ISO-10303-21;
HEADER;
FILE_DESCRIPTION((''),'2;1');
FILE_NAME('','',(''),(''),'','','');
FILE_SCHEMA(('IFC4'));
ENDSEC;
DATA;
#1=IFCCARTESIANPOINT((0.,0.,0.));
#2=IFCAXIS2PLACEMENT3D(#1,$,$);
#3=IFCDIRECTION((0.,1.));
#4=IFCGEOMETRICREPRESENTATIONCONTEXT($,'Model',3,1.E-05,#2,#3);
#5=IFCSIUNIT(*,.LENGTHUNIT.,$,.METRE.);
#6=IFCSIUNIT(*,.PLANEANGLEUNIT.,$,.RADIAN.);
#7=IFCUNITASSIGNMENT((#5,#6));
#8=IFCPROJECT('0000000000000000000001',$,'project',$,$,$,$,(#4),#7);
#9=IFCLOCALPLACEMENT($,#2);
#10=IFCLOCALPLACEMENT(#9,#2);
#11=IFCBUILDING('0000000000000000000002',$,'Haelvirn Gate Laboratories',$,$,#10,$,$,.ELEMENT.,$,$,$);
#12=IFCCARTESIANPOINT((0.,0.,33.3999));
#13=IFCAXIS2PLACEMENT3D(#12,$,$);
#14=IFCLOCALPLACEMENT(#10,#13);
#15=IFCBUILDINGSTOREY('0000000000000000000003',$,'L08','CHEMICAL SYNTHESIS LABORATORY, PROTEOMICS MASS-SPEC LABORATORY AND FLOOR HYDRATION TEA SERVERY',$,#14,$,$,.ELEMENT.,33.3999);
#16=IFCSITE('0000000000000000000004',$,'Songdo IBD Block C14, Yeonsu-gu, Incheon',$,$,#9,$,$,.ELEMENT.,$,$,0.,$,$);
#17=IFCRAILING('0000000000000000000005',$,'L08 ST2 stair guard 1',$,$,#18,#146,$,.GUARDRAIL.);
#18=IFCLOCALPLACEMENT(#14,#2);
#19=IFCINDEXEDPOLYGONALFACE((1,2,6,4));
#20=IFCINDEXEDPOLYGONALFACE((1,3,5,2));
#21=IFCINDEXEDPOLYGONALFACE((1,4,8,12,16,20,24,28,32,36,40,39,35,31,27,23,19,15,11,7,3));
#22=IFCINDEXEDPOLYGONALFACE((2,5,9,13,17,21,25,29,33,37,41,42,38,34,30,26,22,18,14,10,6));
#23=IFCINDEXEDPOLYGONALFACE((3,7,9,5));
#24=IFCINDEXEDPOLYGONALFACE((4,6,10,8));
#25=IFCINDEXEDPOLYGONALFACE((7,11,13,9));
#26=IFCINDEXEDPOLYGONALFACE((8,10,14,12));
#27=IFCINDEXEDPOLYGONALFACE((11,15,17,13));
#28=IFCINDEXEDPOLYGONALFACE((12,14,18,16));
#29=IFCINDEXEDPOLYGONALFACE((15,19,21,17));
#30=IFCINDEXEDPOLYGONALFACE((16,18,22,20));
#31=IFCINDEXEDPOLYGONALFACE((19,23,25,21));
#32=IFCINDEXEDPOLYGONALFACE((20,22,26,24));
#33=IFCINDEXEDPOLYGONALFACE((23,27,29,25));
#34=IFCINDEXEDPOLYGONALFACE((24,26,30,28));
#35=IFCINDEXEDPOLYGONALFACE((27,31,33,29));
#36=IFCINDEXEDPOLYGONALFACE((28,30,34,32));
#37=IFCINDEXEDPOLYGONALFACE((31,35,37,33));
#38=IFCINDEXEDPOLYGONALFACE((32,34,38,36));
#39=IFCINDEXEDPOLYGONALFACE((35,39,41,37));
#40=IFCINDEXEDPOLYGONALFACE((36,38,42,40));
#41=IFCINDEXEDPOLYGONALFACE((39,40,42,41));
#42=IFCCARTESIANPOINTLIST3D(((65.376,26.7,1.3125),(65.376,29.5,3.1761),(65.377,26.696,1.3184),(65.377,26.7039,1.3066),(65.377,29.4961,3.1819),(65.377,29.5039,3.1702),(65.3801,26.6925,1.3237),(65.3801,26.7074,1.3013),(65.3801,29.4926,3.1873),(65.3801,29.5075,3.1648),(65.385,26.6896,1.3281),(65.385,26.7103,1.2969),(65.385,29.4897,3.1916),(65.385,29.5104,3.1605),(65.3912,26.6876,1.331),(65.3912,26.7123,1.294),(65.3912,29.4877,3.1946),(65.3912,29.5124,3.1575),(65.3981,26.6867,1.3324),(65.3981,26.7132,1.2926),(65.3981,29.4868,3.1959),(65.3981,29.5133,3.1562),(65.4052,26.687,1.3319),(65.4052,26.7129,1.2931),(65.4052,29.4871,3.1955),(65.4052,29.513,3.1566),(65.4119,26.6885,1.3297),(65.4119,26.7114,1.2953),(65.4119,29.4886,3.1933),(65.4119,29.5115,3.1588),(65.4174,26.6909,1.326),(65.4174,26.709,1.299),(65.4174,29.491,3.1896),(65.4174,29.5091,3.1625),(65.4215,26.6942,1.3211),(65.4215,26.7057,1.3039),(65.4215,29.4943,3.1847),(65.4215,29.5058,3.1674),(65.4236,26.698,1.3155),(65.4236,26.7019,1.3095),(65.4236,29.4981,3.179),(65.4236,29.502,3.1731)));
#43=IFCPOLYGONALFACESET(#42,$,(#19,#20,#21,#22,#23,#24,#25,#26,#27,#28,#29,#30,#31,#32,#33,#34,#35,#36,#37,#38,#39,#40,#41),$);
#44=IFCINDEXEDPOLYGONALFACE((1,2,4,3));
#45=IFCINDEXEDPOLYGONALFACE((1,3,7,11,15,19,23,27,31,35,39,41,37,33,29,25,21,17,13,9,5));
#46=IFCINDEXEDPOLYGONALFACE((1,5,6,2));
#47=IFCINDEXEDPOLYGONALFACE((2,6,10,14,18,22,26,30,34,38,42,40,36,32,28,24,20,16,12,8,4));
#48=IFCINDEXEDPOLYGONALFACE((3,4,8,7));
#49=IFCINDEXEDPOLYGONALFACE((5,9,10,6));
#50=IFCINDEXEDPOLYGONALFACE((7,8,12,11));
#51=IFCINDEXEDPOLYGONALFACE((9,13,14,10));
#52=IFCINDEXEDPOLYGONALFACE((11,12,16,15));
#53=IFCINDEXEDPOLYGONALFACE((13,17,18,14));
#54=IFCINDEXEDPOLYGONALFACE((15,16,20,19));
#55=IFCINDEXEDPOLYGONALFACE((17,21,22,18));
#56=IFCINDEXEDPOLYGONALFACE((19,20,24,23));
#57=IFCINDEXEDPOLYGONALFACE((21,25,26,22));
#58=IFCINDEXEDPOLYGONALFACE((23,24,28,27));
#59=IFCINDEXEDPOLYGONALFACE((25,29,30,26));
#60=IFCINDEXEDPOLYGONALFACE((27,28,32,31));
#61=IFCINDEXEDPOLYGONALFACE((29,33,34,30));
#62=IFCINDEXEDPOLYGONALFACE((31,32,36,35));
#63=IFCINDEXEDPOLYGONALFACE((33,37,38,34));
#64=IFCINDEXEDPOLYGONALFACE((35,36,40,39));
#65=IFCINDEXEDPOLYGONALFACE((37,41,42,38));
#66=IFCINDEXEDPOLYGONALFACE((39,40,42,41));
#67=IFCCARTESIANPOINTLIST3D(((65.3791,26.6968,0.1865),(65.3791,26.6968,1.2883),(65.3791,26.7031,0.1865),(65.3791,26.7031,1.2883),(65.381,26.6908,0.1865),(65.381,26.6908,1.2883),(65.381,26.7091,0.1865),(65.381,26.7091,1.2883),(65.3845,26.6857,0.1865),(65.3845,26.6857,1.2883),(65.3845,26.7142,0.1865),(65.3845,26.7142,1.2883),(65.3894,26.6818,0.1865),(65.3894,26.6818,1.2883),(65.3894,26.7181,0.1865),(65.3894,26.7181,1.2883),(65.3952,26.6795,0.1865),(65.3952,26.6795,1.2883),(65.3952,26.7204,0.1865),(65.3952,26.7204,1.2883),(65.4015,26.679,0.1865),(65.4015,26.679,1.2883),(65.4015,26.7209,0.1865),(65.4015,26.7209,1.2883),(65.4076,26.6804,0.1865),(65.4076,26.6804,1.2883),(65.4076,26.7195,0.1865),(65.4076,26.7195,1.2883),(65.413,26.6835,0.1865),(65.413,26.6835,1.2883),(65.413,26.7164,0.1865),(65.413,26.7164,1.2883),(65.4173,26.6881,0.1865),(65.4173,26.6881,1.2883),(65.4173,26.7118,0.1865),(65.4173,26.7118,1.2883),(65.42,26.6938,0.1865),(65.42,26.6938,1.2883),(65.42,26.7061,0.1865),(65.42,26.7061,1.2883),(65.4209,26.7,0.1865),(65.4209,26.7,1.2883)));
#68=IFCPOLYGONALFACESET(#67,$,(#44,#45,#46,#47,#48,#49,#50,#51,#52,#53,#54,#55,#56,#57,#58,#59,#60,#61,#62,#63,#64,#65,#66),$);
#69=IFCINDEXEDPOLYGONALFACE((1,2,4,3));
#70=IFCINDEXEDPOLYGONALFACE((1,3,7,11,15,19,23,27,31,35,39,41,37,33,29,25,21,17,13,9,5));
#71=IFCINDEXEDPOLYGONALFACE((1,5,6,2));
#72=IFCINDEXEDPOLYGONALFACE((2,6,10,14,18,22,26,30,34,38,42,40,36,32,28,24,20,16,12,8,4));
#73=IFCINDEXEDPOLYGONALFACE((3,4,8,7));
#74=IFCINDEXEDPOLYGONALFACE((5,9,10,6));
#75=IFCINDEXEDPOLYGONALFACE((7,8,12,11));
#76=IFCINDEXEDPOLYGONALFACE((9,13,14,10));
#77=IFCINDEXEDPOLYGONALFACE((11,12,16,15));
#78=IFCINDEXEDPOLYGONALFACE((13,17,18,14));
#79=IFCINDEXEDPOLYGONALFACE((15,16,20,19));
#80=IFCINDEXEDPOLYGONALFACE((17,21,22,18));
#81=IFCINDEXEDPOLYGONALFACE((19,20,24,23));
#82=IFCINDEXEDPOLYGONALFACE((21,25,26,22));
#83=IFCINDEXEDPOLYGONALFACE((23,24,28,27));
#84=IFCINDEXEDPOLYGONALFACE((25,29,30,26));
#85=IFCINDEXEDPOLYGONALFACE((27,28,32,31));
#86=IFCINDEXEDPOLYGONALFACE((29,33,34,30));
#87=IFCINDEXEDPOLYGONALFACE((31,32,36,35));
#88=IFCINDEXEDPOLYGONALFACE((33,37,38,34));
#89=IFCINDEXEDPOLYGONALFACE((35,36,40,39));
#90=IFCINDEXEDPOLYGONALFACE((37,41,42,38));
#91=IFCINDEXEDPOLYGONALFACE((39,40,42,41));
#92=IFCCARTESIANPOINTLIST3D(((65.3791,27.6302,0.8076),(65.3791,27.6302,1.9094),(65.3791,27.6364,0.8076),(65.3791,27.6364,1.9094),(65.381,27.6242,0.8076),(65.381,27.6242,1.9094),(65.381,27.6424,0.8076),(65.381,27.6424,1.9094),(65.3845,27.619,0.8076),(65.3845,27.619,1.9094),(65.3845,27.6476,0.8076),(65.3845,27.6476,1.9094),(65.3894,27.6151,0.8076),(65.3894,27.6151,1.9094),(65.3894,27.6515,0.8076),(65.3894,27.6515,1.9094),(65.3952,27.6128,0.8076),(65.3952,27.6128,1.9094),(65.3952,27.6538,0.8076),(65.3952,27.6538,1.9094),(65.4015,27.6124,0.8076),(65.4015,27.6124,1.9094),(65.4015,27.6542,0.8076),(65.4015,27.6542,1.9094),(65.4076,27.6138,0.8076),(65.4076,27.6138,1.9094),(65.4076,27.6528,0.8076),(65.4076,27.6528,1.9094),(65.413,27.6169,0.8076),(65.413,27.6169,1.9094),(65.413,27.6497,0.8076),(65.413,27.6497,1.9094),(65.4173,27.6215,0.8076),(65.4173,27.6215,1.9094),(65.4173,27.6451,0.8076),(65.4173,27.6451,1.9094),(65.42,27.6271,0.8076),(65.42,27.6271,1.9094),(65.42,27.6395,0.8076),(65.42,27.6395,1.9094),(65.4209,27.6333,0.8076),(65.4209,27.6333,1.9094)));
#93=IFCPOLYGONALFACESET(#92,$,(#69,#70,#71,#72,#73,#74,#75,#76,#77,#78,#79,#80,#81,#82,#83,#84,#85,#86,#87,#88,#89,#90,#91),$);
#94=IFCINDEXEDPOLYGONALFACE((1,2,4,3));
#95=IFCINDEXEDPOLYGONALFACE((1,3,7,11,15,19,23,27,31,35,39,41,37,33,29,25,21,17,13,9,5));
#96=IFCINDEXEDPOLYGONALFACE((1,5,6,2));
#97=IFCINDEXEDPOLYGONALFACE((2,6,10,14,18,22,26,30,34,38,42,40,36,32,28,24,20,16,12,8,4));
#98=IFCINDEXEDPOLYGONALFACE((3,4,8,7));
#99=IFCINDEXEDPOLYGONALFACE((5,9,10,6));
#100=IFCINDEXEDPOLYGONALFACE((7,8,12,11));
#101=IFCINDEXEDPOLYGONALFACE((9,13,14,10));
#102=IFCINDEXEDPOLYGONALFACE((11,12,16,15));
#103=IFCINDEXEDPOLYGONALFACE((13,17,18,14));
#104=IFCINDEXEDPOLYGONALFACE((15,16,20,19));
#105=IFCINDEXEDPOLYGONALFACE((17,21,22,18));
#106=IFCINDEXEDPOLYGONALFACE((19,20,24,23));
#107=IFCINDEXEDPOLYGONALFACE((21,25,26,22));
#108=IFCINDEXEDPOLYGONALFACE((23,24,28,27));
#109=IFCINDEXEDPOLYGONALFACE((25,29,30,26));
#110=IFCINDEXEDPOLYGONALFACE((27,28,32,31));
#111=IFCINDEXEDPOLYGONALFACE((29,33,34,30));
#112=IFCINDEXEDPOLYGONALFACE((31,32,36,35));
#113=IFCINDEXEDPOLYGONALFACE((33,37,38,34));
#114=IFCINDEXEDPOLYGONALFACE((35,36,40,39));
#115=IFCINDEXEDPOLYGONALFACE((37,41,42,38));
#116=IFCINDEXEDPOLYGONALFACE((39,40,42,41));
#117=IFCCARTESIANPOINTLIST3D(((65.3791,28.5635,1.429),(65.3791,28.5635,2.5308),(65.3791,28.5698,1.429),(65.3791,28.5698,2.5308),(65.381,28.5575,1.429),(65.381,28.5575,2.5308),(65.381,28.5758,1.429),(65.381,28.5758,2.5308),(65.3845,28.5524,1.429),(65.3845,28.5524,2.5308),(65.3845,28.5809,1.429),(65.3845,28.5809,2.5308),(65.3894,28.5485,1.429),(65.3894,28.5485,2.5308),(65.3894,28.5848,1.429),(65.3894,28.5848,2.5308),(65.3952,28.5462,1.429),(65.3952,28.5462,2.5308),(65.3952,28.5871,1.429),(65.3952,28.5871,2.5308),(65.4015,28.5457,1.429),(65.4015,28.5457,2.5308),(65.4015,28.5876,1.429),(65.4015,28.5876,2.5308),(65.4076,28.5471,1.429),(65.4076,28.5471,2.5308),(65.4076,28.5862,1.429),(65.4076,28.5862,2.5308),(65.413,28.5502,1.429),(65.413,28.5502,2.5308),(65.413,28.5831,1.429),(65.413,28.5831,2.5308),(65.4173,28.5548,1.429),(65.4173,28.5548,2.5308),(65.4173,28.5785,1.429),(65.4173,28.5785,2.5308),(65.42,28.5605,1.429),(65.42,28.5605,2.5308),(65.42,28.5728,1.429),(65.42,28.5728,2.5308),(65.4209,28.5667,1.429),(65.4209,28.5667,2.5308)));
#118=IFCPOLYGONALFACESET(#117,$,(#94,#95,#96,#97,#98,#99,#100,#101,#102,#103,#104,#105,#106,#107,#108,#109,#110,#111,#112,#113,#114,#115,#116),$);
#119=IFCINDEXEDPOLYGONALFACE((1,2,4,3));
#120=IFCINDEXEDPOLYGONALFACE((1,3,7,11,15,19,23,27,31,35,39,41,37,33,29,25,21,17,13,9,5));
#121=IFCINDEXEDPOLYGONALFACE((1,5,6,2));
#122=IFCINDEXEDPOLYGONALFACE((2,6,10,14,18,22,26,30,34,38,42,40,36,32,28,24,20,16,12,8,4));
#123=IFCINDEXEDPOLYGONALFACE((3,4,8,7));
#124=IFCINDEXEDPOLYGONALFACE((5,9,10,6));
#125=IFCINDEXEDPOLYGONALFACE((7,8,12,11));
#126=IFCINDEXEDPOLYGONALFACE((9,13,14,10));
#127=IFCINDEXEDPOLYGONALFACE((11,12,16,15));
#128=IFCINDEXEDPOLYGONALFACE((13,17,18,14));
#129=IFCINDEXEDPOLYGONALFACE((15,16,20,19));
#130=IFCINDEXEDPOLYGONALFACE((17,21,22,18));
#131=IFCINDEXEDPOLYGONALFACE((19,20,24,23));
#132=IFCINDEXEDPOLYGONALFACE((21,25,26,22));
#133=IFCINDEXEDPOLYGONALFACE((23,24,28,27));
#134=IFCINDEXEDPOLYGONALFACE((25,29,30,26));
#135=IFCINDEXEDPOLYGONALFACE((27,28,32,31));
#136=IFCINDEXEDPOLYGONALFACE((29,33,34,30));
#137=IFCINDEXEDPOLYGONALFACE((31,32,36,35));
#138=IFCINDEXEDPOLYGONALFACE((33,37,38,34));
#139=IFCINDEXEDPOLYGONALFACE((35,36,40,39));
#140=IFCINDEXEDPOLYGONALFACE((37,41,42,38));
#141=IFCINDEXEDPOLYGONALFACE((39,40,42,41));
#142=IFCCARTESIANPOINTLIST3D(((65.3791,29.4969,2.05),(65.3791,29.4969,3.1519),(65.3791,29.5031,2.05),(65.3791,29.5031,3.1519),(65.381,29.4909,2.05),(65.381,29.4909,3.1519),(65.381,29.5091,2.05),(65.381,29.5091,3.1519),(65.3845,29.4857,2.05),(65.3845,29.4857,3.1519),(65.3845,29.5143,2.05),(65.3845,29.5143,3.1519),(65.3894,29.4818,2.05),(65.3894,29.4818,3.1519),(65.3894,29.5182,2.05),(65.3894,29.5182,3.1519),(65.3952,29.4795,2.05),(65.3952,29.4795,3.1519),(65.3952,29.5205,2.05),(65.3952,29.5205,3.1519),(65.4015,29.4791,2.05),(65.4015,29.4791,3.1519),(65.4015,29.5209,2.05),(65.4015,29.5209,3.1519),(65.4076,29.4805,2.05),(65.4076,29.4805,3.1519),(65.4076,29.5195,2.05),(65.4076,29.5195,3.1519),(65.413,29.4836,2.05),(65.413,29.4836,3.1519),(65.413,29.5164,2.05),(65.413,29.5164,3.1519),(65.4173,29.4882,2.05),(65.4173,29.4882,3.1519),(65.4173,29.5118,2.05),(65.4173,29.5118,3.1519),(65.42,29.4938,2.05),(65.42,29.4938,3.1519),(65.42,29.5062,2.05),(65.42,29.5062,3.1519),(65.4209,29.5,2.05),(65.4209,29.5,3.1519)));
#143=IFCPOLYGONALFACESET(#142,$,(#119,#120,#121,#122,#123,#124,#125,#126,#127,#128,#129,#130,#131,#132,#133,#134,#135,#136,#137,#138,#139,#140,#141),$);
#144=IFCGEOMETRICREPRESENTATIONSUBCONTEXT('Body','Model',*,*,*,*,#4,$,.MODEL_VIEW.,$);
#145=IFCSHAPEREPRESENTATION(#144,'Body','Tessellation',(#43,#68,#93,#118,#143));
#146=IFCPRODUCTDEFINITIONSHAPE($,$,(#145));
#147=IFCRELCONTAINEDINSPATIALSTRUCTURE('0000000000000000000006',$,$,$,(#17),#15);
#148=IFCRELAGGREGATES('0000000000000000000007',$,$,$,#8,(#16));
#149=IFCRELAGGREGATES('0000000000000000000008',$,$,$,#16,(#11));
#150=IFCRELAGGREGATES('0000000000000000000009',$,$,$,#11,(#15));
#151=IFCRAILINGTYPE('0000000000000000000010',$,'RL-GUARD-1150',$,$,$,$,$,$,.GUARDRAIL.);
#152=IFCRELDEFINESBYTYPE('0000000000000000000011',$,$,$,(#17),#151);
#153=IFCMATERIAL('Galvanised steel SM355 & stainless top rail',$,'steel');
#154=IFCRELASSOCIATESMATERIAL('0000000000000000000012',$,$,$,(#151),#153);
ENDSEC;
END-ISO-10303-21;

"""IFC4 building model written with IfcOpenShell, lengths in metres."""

from ifc_helpers import new_model, si_unit, direction, frame, origin, origin_2d, place, context, subcontext, project, spatial, circle, extrude, source, transform, mapped, material, type_object, element, save


model = new_model("IFC4")

# Units and contexts
model_context = context("Model", 3, precision=1e-05, world=origin(), true_north=direction((0.0, 1.0)))
body_context = subcontext(model_context, "Body", "Model", "MODEL_VIEW")
ifc_project = project(units=[si_unit("LENGTHUNIT", "METRE"), si_unit("PLANEANGLEUNIT", "RADIAN")], contexts=[model_context])

# Site, building, storey
site_placement = place(None, origin())
site = spatial("IfcSite", under=ifc_project, at=site_placement, Name="Songdo IBD Block C14, Yeonsu-gu, Incheon", CompositionType="ELEMENT", RefElevation=0.0)
building_placement = place(site_placement, origin())
building = spatial("IfcBuilding", under=site, at=building_placement, Name="Haelvirn Gate Laboratories", CompositionType="ELEMENT")
storey_placement = place(building_placement, frame((0.0, 0.0, 33.3999)))
storey = spatial("IfcBuildingStorey", under=building, at=storey_placement, Name="L08", Description="CHEMICAL SYNTHESIS LABORATORY, PROTEOMICS MASS-SPEC LABORATORY AND FLOOR HYDRATION TEA SERVERY", CompositionType="ELEMENT", Elevation=33.3999)

# Railing
ifc_material_1 = material(Name="Galvanised steel SM355 & stainless top rail", Category="steel")
railing_type_1 = type_object("IfcRailingType", Name="RL-GUARD-1150", PredefinedType="GUARDRAIL", material=ifc_material_1)
shared_shape_1 = source(origin(), body_context, "Body", "SweptSolid", [
    extrude(circle(Radius=0.0239, at=origin_2d()), frame((0.0, 0.0, 1.126), z_axis=(0.0, 0.832486, 0.554047), x_axis=(-1.0, 0.0, 0.0)), (0.0, 0.0, 1.0), 3.3635),
    extrude(circle(Radius=0.021, at=origin_2d()), origin(), (0.0, 0.0, 1.0), 1.1018),
    extrude(circle(Radius=0.021, at=origin_2d()), frame((0.0, 0.9333, 0.6211)), (0.0, 0.0, 1.0), 1.1018),
    extrude(circle(Radius=0.021, at=origin_2d()), frame((0.0, 1.8667, 1.2424)), (0.0, 0.0, 1.0), 1.1018),
    extrude(circle(Radius=0.021, at=origin_2d()), frame((0.0, 2.8, 1.8635)), (0.0, 0.0, 1.0), 1.1018),
])
railing_1_placement = place(storey_placement, frame((65.3999, 26.7, 0.1865)))
element("IfcRailing", 1, at=railing_1_placement, inside=storey, type_object=railing_type_1, Name="L08 ST2 stair guard 1", PredefinedType="GUARDRAIL", context=body_context, shape_type="MappedRepresentation", body=[
    mapped(shared_shape_1, transform((0.0, 0.0, 0.0), scale=1.0)),
])

save(model, "model.ifc")
